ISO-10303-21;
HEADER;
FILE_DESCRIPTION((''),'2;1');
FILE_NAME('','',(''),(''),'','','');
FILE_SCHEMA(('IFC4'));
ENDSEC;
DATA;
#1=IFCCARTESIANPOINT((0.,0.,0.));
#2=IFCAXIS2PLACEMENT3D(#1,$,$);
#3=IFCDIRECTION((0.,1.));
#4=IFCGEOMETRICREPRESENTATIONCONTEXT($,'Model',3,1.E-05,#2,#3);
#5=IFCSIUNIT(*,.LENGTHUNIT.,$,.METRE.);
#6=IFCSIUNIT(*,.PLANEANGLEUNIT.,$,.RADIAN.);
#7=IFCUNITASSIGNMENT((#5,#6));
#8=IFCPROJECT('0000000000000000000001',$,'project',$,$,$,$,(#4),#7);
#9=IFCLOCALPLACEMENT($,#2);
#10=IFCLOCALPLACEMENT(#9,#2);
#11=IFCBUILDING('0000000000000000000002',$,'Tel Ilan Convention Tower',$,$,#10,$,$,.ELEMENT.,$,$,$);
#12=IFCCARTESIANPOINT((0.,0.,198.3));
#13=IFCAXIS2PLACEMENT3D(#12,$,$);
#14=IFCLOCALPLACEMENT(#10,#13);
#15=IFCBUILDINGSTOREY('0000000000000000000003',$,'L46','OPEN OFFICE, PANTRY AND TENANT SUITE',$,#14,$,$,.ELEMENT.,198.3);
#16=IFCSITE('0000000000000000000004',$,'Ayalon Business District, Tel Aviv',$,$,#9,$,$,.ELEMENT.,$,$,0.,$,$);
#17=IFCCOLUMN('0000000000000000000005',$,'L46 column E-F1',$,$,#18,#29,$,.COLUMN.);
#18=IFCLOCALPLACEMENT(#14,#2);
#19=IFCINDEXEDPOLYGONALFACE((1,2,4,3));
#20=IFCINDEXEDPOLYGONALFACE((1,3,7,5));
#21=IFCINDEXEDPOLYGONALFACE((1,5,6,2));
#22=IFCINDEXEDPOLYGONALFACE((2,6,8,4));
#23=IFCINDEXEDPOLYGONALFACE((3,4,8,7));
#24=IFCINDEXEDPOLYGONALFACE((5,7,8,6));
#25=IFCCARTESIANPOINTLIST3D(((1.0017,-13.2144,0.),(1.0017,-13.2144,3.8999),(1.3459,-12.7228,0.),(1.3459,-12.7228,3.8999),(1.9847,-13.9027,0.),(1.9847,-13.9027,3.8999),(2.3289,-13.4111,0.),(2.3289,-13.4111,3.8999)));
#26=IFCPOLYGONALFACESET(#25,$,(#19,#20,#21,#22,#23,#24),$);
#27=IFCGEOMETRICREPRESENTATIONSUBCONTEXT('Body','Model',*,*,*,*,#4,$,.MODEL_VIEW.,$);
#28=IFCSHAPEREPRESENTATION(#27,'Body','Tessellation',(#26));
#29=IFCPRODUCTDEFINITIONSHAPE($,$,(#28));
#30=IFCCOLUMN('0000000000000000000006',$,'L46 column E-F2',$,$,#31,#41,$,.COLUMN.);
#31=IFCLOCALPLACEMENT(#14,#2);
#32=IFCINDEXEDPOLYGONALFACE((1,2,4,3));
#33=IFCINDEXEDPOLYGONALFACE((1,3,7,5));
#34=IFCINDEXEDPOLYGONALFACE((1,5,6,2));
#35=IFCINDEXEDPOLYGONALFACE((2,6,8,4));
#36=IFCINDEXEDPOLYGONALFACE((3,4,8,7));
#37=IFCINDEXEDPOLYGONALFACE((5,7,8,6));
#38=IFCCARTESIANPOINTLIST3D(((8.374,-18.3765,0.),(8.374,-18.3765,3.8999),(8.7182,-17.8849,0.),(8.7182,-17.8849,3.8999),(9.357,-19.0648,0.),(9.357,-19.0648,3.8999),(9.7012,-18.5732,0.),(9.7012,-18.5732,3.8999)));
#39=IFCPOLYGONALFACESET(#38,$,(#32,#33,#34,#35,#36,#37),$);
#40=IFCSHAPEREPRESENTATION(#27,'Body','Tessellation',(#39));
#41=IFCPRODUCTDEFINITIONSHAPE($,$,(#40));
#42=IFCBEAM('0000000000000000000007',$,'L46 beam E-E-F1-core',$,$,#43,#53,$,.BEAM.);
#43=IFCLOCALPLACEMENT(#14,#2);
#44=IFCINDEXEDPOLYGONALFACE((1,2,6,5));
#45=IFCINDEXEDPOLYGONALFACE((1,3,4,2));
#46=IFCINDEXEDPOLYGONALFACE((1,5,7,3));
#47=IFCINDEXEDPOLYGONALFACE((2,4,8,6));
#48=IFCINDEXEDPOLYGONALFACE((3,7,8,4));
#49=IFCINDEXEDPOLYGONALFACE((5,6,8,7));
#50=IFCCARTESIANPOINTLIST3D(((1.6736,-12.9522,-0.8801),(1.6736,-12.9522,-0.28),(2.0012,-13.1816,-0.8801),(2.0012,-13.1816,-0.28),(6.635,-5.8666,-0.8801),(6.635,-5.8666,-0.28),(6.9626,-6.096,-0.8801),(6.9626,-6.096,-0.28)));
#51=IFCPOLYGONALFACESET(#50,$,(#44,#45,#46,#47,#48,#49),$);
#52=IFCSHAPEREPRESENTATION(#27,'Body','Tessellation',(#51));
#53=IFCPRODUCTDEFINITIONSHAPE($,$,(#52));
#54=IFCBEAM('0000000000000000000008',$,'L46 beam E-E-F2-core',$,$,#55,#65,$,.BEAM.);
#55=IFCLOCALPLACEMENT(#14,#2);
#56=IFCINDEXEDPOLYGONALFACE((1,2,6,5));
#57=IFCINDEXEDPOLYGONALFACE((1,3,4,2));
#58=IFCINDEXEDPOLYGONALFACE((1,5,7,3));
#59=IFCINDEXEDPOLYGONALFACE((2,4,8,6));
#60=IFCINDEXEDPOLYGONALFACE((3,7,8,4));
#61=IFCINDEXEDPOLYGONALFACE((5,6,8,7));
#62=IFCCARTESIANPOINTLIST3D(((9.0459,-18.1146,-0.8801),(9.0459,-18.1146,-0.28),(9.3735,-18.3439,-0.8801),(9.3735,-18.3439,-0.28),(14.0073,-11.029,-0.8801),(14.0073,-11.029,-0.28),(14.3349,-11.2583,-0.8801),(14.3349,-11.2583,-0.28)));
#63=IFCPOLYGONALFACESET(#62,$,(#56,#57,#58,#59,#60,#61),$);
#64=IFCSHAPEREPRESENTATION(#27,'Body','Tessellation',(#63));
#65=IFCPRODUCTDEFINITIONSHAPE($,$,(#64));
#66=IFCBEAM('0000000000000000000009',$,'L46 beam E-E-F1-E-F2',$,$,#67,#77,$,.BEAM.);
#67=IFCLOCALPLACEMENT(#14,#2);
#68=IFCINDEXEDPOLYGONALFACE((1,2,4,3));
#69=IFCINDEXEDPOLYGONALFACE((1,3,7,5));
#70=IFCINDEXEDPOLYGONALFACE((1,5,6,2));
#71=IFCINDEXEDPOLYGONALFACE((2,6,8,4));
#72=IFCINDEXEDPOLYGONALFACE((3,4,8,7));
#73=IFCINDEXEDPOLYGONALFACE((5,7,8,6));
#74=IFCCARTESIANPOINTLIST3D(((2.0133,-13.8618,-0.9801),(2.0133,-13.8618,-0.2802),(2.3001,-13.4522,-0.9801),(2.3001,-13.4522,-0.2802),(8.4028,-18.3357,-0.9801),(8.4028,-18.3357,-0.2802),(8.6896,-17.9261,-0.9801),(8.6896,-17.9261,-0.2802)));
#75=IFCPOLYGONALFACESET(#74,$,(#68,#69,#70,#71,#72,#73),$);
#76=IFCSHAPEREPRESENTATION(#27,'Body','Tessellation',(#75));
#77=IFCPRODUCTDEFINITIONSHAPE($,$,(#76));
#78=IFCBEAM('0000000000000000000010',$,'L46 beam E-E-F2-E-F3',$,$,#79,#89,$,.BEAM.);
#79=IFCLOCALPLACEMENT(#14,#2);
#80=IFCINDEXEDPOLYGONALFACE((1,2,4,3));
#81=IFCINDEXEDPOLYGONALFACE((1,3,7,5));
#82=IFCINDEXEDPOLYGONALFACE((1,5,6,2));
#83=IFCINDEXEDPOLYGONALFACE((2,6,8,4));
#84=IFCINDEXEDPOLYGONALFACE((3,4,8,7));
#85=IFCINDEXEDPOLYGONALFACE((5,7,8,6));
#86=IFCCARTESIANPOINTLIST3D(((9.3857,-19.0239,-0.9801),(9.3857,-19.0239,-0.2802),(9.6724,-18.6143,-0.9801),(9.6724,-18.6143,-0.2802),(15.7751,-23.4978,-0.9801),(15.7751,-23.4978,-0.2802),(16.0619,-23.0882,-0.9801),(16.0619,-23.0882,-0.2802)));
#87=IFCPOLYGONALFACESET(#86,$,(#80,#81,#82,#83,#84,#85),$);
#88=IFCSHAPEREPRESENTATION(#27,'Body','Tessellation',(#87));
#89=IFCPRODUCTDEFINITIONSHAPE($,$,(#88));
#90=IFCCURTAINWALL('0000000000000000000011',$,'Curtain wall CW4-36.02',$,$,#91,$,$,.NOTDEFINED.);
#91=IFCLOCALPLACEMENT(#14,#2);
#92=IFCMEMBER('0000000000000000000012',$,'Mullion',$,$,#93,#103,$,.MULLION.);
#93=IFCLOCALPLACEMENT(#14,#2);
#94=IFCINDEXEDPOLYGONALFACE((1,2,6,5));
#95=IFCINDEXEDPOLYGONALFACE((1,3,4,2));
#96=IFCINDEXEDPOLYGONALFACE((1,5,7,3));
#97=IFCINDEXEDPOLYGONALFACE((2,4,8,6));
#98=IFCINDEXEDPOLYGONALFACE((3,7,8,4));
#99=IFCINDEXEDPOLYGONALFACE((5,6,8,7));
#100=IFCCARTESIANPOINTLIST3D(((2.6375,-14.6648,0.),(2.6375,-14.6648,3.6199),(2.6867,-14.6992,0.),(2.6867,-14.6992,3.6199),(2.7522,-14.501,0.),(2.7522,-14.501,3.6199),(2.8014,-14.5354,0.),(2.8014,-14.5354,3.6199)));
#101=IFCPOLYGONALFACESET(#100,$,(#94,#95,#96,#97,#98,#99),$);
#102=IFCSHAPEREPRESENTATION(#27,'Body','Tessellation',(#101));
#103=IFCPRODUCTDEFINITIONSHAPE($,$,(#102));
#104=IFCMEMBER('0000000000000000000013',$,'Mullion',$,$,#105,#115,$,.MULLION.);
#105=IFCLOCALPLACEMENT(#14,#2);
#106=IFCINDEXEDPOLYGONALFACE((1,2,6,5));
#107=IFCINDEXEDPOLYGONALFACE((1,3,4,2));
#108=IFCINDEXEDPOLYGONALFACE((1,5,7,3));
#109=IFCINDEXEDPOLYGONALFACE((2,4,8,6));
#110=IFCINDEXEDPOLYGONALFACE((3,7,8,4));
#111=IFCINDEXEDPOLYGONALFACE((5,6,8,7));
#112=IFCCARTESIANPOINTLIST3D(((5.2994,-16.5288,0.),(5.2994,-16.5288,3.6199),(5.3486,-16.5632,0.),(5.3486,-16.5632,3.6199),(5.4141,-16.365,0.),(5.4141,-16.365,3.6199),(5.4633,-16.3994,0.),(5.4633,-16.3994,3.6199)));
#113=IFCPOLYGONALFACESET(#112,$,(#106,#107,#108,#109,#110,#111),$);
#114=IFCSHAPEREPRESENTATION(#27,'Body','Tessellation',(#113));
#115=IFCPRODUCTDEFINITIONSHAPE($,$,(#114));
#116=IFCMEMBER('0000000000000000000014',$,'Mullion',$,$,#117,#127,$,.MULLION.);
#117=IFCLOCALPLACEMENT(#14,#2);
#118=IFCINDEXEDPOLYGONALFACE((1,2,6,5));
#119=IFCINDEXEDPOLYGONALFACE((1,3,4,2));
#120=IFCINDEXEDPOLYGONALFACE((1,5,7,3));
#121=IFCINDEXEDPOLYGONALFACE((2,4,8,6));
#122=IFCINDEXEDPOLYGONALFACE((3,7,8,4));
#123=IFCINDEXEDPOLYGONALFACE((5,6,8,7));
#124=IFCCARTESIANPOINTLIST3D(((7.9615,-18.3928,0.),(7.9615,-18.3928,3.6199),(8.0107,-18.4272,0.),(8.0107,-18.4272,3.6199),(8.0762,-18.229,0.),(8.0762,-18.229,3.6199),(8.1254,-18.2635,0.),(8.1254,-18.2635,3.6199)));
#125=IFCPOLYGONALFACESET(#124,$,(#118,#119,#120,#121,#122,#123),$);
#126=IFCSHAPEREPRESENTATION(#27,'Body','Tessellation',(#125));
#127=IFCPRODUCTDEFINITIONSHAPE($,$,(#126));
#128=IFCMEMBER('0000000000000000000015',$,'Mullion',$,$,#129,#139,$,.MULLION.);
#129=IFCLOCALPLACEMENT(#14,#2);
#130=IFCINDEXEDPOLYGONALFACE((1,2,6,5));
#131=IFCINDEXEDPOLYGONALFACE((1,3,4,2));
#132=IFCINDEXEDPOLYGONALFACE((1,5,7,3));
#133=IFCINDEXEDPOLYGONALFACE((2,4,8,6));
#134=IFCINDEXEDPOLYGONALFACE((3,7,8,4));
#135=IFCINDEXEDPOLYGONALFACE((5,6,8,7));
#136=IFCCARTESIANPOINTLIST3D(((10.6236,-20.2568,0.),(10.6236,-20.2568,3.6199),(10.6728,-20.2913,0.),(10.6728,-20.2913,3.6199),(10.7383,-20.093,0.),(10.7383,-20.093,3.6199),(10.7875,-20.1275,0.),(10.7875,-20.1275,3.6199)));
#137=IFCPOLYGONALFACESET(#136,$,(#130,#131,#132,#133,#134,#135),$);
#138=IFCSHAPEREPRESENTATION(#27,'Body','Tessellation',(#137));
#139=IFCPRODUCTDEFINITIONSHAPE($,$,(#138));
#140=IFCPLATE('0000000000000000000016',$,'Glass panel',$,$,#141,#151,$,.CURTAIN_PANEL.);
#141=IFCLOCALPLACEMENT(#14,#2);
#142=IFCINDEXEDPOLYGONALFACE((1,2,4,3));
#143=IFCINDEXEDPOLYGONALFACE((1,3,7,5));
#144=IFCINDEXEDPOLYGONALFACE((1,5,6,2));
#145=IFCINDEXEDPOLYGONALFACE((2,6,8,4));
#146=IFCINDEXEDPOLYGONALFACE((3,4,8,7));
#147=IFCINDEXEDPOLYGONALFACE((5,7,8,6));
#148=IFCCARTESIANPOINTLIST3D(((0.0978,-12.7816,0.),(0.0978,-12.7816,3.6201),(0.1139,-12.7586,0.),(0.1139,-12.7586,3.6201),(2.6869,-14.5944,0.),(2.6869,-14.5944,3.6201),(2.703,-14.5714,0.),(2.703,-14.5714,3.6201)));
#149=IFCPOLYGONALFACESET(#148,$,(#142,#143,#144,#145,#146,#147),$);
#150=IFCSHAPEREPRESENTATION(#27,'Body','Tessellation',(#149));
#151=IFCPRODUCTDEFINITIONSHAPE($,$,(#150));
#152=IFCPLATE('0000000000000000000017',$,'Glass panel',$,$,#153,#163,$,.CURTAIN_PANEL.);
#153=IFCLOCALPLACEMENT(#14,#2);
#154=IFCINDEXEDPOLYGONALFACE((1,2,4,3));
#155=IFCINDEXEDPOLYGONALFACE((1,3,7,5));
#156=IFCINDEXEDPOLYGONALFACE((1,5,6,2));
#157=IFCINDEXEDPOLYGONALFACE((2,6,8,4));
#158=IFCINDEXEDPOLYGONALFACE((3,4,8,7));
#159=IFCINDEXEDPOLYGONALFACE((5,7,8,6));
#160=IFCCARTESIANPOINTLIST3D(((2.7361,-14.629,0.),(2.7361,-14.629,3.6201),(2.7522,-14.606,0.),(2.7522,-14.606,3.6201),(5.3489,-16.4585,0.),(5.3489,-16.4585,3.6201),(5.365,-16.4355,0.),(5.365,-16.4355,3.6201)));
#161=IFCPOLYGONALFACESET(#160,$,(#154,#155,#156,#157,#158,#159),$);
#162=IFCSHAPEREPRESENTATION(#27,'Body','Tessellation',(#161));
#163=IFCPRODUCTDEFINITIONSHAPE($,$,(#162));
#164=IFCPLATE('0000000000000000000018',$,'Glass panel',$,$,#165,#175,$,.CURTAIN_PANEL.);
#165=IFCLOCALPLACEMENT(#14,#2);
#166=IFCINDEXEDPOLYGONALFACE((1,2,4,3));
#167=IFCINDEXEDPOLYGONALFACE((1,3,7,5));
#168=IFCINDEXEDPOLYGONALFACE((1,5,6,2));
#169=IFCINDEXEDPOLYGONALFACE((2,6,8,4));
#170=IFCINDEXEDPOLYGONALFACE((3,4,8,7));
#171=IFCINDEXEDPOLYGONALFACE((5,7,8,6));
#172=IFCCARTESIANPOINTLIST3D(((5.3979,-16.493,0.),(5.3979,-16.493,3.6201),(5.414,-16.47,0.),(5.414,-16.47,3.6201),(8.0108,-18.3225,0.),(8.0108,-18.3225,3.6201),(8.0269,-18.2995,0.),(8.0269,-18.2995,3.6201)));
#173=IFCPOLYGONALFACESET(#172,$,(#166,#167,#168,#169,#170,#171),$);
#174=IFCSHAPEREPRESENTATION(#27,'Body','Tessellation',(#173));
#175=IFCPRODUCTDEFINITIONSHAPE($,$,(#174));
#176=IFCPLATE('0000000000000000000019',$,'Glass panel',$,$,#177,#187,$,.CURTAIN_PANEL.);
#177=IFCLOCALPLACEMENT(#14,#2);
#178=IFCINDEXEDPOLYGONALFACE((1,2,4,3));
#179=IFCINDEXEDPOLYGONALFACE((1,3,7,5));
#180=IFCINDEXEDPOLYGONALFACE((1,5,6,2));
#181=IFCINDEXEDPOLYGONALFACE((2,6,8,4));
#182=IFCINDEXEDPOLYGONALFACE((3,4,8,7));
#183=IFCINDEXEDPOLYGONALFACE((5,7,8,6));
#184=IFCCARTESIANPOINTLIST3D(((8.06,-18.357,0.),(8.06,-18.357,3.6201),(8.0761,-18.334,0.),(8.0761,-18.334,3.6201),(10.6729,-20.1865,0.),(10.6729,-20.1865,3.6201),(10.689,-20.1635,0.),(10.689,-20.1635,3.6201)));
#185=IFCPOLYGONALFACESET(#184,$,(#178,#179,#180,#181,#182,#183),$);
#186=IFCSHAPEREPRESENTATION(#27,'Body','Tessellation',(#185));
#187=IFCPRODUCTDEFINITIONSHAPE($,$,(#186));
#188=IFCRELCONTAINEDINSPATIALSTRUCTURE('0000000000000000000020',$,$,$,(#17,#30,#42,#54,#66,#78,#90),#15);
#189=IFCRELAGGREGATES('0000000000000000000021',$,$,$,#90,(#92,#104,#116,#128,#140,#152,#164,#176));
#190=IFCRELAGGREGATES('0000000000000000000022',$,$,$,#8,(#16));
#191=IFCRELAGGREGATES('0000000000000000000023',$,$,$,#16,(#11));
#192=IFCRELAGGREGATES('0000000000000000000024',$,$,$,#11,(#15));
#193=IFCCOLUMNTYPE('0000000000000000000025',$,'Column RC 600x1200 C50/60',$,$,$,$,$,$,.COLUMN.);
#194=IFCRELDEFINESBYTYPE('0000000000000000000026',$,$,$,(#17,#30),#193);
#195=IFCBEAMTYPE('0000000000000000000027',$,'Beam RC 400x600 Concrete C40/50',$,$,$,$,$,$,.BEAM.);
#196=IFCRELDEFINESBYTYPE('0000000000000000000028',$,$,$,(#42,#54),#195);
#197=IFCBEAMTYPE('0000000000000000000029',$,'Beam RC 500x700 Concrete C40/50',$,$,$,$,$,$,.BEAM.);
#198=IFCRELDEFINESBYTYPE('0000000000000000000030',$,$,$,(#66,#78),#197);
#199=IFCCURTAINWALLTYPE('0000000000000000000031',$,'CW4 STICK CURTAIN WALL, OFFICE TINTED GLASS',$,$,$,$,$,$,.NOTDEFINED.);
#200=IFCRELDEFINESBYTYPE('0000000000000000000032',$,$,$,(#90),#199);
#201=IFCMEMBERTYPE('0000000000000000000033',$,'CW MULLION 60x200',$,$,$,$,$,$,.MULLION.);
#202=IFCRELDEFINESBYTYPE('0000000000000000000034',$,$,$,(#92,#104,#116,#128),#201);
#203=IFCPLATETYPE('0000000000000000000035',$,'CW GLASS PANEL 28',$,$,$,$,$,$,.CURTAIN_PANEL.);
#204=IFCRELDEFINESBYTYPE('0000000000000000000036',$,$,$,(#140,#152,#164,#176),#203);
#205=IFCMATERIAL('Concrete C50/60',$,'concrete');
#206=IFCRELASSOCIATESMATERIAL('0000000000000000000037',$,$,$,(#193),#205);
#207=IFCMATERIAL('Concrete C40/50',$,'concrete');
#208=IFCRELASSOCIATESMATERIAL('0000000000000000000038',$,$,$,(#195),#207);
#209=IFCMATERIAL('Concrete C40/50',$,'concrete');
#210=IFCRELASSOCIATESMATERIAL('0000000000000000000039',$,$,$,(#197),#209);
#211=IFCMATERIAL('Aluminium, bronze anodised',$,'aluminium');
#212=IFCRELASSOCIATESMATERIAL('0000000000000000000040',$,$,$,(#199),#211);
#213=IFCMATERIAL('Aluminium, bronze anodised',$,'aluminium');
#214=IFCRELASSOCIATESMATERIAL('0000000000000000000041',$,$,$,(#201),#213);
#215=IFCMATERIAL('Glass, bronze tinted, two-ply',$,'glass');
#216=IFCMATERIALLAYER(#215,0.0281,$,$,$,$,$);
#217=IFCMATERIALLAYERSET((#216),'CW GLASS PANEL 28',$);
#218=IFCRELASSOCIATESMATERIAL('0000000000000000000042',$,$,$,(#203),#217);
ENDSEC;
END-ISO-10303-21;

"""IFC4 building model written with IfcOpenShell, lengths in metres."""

from ifc_helpers import new_model, si_unit, direction, frame, origin, origin_2d, place, context, subcontext, project, spatial, rectangle, extrude, material, layer, layer_set, material_profile, profile_set, type_object, element, aggregate, save


model = new_model("IFC4")

# Units and contexts
model_context = context("Model", 3, precision=1e-05, world=origin(), true_north=direction((0.0, 1.0)))
body_context = subcontext(model_context, "Body", "Model", "MODEL_VIEW")
ifc_project = project(units=[si_unit("LENGTHUNIT", "METRE"), si_unit("PLANEANGLEUNIT", "RADIAN")], contexts=[model_context])

# Site, building, storey
site_placement = place(None, origin())
site = spatial("IfcSite", under=ifc_project, at=site_placement, Name="Ayalon Business District, Tel Aviv", CompositionType="ELEMENT", RefElevation=0.0)
building_placement = place(site_placement, origin())
building = spatial("IfcBuilding", under=site, at=building_placement, Name="Tel Ilan Convention Tower", CompositionType="ELEMENT")
storey_placement = place(building_placement, frame((0.0, 0.0, 198.3)))
storey = spatial("IfcBuildingStorey", under=building, at=storey_placement, Name="L46", Description="OPEN OFFICE, PANTRY AND TENANT SUITE", CompositionType="ELEMENT", Elevation=198.3)

# Columns
ifc_material_1 = material(Name="Concrete C50/60", Category="concrete")
ifc_material_profile_1 = material_profile(ifc_material_1, rectangle(XDim=1.2, YDim=0.6001, at=origin_2d()), Name="RC 600x1200")
ifc_profile_set_1 = profile_set([ifc_material_profile_1], Name="Concrete C50/60")
column_type = type_object("IfcColumnType", Name="Column RC 600x1200 C50/60", PredefinedType="COLUMN", material=ifc_profile_set_1)
for number, where, z_axis, x_axis, name in (
    (1, (1.6653, -13.3127, 0.0), (0.0, 0.0, 1.0), (0.819152, -0.573576, 0.0), "L46 column E-F1"),
    (2, (9.0376, -18.4749, 0.0), (0.0, 0.0, 1.0), (0.819152, -0.573576, 0.0), "L46 column E-F2"),
):
    element("IfcColumn", number, at=place(storey_placement, frame(where, z_axis=z_axis, x_axis=x_axis)), inside=storey, type_object=column_type, Name=name, PredefinedType="COLUMN", context=body_context, shape_type="SweptSolid", body=[
        extrude(rectangle(XDim=1.2, YDim=0.6001, at=origin_2d()), origin(), (0.0, 0.0, 1.0), 3.8999),
    ])

# Beams
ifc_material_2 = material(Name="Concrete C40/50", Category="concrete")
ifc_material_profile_2 = material_profile(ifc_material_2, rectangle(XDim=0.3999, YDim=0.6001, at=origin_2d()), Name="RC 400x600")
ifc_profile_set_2 = profile_set([ifc_material_profile_2], Name="Concrete C40/50")
beam_type_1 = type_object("IfcBeamType", Name="Beam RC 400x600 Concrete C40/50", PredefinedType="BEAM", material=ifc_profile_set_2)
for number, where, z_axis, x_axis, name in (
    (3, (1.8374, -13.0669, -0.5801), (0.573574, 0.819154, 0.0), (-0.819154, 0.573574, 0.0), "L46 beam E-E-F1-core"),
    (4, (9.2097, -18.2292, -0.5801), (0.573574, 0.819154, 0.0), (-0.819154, 0.573574, 0.0), "L46 beam E-E-F2-core"),
):
    element("IfcBeam", number, at=place(storey_placement, frame(where, z_axis=z_axis, x_axis=x_axis)), inside=storey, type_object=beam_type_1, Name=name, PredefinedType="BEAM", context=body_context, shape_type="SweptSolid", body=[
        extrude(rectangle(XDim=0.3999, YDim=0.6001, at=origin_2d()), origin(), (0.0, 0.0, 1.0), 8.6499),
    ])
ifc_material_3 = material(Name="Concrete C40/50", Category="concrete")
ifc_material_profile_3 = material_profile(ifc_material_3, rectangle(XDim=0.5, YDim=0.7, at=origin_2d()), Name="RC 500x700")
ifc_profile_set_3 = profile_set([ifc_material_profile_3], Name="Concrete C40/50")
beam_type_2 = type_object("IfcBeamType", Name="Beam RC 500x700 Concrete C40/50", PredefinedType="BEAM", material=ifc_profile_set_3)
for number, where, z_axis, x_axis, name in (
    (5, (2.1567, -13.657, -0.6301), (0.819154, -0.573574, 0.0), (0.573574, 0.819154, 0.0), "L46 beam E-E-F1-E-F2"),
    (6, (9.5291, -18.8191, -0.6301), (0.819154, -0.573574, 0.0), (0.573574, 0.819154, 0.0), "L46 beam E-E-F2-E-F3"),
):
    element("IfcBeam", number, at=place(storey_placement, frame(where, z_axis=z_axis, x_axis=x_axis)), inside=storey, type_object=beam_type_2, Name=name, PredefinedType="BEAM", context=body_context, shape_type="SweptSolid", body=[
        extrude(rectangle(XDim=0.5, YDim=0.7, at=origin_2d()), origin(), (0.0, 0.0, 1.0), 7.8),
    ])

# Curtain wall, members, plates
ifc_material_4 = material(Name="Aluminium, bronze anodised", Category="aluminium")
curtain_wall_type = type_object("IfcCurtainWallType", Name="CW4 STICK CURTAIN WALL, OFFICE TINTED GLASS", PredefinedType="NOTDEFINED", material=ifc_material_4)
curtain_wall_placement = place(storey_placement, origin())
curtain_wall = element("IfcCurtainWall", 7, at=curtain_wall_placement, inside=storey, type_object=curtain_wall_type, Name="Curtain wall CW4-36.02", PredefinedType="NOTDEFINED")
ifc_material_5 = material(Name="Aluminium, bronze anodised", Category="aluminium")
ifc_material_profile_4 = material_profile(ifc_material_5, rectangle(XDim=0.0601, YDim=0.2, at=origin_2d()), Name="CW MULLION 60x200")
ifc_profile_set_4 = profile_set([ifc_material_profile_4], Name="Aluminium, bronze anodised")
member_type = type_object("IfcMemberType", Name="CW MULLION 60x200", PredefinedType="MULLION", material=ifc_profile_set_4)
member_1_placement = place(storey_placement, frame((2.7195, -14.6001, 0.0), z_axis=(0.0, 0.0, 1.0), x_axis=(0.819152, -0.573576, 0.0)))
member_1 = element("IfcMember", 8, at=member_1_placement, type_object=member_type, Name="Mullion", PredefinedType="MULLION", context=body_context, shape_type="SweptSolid", body=[
    extrude(rectangle(XDim=0.0601, YDim=0.2, at=origin_2d()), origin(), (0.0, 0.0, 1.0), 3.6199),
])
member_2_placement = place(storey_placement, frame((5.3813, -16.4641, 0.0), z_axis=(0.0, 0.0, 1.0), x_axis=(0.819152, -0.573576, 0.0)))
member_2 = element("IfcMember", 9, at=member_2_placement, type_object=member_type, Name="Mullion", PredefinedType="MULLION", context=body_context, shape_type="SweptSolid", body=[
    extrude(rectangle(XDim=0.0601, YDim=0.2, at=origin_2d()), origin(), (0.0, 0.0, 1.0), 3.6199),
])
member_3_placement = place(storey_placement, frame((8.0435, -18.3281, 0.0), z_axis=(0.0, 0.0, 1.0), x_axis=(0.819152, -0.573576, 0.0)))
member_3 = element("IfcMember", 10, at=member_3_placement, type_object=member_type, Name="Mullion", PredefinedType="MULLION", context=body_context, shape_type="SweptSolid", body=[
    extrude(rectangle(XDim=0.0601, YDim=0.2, at=origin_2d()), origin(), (0.0, 0.0, 1.0), 3.6199),
])
member_4_placement = place(storey_placement, frame((10.7056, -20.1921, 0.0), z_axis=(0.0, 0.0, 1.0), x_axis=(0.819152, -0.573576, 0.0)))
member_4 = element("IfcMember", 11, at=member_4_placement, type_object=member_type, Name="Mullion", PredefinedType="MULLION", context=body_context, shape_type="SweptSolid", body=[
    extrude(rectangle(XDim=0.0601, YDim=0.2, at=origin_2d()), origin(), (0.0, 0.0, 1.0), 3.6199),
])
ifc_material_6 = material(Name="Glass, bronze tinted, two-ply", Category="glass")
ifc_layer_1 = layer(ifc_material_6, 0.0281)
ifc_layer_set_1 = layer_set([ifc_layer_1], Name="CW GLASS PANEL 28")
plate_type = type_object("IfcPlateType", Name="CW GLASS PANEL 28", PredefinedType="CURTAIN_PANEL", material=ifc_layer_set_1)
plate_1_placement = place(storey_placement, frame((1.4004, -13.6765, 0.0), z_axis=(0.0, 0.0, 1.0), x_axis=(0.819152, -0.573576, 0.0)))
plate_1 = element("IfcPlate", 12, at=plate_1_placement, type_object=plate_type, Name="Glass panel", PredefinedType="CURTAIN_PANEL", context=body_context, shape_type="SweptSolid", body=[
    extrude(rectangle(XDim=3.1606, YDim=0.0281, at=origin_2d()), origin(), (0.0, 0.0, 1.0), 3.6201),
])
plate_2_placement = place(storey_placement, frame((4.0505, -15.5322, 0.0), z_axis=(0.0, 0.0, 1.0), x_axis=(0.819152, -0.573576, 0.0)))
plate_2 = element("IfcPlate", 13, at=plate_2_placement, type_object=plate_type, Name="Glass panel", PredefinedType="CURTAIN_PANEL", context=body_context, shape_type="SweptSolid", body=[
    extrude(rectangle(XDim=3.1897, YDim=0.0281, at=origin_2d()), origin(), (0.0, 0.0, 1.0), 3.6201),
])
plate_3_placement = place(storey_placement, frame((6.7124, -17.3962, 0.0), z_axis=(0.0, 0.0, 1.0), x_axis=(0.819152, -0.573576, 0.0)))
plate_3 = element("IfcPlate", 14, at=plate_3_placement, type_object=plate_type, Name="Glass panel", PredefinedType="CURTAIN_PANEL", context=body_context, shape_type="SweptSolid", body=[
    extrude(rectangle(XDim=3.1897, YDim=0.0281, at=origin_2d()), origin(), (0.0, 0.0, 1.0), 3.6201),
])
plate_4_placement = place(storey_placement, frame((9.3745, -19.2603, 0.0), z_axis=(0.0, 0.0, 1.0), x_axis=(0.819152, -0.573576, 0.0)))
plate_4 = element("IfcPlate", 15, at=plate_4_placement, type_object=plate_type, Name="Glass panel", PredefinedType="CURTAIN_PANEL", context=body_context, shape_type="SweptSolid", body=[
    extrude(rectangle(XDim=3.1897, YDim=0.0281, at=origin_2d()), origin(), (0.0, 0.0, 1.0), 3.6201),
])
aggregate(curtain_wall, [member_1, member_2, member_3, member_4, plate_1, plate_2, plate_3, plate_4])

save(model, "model.ifc")
